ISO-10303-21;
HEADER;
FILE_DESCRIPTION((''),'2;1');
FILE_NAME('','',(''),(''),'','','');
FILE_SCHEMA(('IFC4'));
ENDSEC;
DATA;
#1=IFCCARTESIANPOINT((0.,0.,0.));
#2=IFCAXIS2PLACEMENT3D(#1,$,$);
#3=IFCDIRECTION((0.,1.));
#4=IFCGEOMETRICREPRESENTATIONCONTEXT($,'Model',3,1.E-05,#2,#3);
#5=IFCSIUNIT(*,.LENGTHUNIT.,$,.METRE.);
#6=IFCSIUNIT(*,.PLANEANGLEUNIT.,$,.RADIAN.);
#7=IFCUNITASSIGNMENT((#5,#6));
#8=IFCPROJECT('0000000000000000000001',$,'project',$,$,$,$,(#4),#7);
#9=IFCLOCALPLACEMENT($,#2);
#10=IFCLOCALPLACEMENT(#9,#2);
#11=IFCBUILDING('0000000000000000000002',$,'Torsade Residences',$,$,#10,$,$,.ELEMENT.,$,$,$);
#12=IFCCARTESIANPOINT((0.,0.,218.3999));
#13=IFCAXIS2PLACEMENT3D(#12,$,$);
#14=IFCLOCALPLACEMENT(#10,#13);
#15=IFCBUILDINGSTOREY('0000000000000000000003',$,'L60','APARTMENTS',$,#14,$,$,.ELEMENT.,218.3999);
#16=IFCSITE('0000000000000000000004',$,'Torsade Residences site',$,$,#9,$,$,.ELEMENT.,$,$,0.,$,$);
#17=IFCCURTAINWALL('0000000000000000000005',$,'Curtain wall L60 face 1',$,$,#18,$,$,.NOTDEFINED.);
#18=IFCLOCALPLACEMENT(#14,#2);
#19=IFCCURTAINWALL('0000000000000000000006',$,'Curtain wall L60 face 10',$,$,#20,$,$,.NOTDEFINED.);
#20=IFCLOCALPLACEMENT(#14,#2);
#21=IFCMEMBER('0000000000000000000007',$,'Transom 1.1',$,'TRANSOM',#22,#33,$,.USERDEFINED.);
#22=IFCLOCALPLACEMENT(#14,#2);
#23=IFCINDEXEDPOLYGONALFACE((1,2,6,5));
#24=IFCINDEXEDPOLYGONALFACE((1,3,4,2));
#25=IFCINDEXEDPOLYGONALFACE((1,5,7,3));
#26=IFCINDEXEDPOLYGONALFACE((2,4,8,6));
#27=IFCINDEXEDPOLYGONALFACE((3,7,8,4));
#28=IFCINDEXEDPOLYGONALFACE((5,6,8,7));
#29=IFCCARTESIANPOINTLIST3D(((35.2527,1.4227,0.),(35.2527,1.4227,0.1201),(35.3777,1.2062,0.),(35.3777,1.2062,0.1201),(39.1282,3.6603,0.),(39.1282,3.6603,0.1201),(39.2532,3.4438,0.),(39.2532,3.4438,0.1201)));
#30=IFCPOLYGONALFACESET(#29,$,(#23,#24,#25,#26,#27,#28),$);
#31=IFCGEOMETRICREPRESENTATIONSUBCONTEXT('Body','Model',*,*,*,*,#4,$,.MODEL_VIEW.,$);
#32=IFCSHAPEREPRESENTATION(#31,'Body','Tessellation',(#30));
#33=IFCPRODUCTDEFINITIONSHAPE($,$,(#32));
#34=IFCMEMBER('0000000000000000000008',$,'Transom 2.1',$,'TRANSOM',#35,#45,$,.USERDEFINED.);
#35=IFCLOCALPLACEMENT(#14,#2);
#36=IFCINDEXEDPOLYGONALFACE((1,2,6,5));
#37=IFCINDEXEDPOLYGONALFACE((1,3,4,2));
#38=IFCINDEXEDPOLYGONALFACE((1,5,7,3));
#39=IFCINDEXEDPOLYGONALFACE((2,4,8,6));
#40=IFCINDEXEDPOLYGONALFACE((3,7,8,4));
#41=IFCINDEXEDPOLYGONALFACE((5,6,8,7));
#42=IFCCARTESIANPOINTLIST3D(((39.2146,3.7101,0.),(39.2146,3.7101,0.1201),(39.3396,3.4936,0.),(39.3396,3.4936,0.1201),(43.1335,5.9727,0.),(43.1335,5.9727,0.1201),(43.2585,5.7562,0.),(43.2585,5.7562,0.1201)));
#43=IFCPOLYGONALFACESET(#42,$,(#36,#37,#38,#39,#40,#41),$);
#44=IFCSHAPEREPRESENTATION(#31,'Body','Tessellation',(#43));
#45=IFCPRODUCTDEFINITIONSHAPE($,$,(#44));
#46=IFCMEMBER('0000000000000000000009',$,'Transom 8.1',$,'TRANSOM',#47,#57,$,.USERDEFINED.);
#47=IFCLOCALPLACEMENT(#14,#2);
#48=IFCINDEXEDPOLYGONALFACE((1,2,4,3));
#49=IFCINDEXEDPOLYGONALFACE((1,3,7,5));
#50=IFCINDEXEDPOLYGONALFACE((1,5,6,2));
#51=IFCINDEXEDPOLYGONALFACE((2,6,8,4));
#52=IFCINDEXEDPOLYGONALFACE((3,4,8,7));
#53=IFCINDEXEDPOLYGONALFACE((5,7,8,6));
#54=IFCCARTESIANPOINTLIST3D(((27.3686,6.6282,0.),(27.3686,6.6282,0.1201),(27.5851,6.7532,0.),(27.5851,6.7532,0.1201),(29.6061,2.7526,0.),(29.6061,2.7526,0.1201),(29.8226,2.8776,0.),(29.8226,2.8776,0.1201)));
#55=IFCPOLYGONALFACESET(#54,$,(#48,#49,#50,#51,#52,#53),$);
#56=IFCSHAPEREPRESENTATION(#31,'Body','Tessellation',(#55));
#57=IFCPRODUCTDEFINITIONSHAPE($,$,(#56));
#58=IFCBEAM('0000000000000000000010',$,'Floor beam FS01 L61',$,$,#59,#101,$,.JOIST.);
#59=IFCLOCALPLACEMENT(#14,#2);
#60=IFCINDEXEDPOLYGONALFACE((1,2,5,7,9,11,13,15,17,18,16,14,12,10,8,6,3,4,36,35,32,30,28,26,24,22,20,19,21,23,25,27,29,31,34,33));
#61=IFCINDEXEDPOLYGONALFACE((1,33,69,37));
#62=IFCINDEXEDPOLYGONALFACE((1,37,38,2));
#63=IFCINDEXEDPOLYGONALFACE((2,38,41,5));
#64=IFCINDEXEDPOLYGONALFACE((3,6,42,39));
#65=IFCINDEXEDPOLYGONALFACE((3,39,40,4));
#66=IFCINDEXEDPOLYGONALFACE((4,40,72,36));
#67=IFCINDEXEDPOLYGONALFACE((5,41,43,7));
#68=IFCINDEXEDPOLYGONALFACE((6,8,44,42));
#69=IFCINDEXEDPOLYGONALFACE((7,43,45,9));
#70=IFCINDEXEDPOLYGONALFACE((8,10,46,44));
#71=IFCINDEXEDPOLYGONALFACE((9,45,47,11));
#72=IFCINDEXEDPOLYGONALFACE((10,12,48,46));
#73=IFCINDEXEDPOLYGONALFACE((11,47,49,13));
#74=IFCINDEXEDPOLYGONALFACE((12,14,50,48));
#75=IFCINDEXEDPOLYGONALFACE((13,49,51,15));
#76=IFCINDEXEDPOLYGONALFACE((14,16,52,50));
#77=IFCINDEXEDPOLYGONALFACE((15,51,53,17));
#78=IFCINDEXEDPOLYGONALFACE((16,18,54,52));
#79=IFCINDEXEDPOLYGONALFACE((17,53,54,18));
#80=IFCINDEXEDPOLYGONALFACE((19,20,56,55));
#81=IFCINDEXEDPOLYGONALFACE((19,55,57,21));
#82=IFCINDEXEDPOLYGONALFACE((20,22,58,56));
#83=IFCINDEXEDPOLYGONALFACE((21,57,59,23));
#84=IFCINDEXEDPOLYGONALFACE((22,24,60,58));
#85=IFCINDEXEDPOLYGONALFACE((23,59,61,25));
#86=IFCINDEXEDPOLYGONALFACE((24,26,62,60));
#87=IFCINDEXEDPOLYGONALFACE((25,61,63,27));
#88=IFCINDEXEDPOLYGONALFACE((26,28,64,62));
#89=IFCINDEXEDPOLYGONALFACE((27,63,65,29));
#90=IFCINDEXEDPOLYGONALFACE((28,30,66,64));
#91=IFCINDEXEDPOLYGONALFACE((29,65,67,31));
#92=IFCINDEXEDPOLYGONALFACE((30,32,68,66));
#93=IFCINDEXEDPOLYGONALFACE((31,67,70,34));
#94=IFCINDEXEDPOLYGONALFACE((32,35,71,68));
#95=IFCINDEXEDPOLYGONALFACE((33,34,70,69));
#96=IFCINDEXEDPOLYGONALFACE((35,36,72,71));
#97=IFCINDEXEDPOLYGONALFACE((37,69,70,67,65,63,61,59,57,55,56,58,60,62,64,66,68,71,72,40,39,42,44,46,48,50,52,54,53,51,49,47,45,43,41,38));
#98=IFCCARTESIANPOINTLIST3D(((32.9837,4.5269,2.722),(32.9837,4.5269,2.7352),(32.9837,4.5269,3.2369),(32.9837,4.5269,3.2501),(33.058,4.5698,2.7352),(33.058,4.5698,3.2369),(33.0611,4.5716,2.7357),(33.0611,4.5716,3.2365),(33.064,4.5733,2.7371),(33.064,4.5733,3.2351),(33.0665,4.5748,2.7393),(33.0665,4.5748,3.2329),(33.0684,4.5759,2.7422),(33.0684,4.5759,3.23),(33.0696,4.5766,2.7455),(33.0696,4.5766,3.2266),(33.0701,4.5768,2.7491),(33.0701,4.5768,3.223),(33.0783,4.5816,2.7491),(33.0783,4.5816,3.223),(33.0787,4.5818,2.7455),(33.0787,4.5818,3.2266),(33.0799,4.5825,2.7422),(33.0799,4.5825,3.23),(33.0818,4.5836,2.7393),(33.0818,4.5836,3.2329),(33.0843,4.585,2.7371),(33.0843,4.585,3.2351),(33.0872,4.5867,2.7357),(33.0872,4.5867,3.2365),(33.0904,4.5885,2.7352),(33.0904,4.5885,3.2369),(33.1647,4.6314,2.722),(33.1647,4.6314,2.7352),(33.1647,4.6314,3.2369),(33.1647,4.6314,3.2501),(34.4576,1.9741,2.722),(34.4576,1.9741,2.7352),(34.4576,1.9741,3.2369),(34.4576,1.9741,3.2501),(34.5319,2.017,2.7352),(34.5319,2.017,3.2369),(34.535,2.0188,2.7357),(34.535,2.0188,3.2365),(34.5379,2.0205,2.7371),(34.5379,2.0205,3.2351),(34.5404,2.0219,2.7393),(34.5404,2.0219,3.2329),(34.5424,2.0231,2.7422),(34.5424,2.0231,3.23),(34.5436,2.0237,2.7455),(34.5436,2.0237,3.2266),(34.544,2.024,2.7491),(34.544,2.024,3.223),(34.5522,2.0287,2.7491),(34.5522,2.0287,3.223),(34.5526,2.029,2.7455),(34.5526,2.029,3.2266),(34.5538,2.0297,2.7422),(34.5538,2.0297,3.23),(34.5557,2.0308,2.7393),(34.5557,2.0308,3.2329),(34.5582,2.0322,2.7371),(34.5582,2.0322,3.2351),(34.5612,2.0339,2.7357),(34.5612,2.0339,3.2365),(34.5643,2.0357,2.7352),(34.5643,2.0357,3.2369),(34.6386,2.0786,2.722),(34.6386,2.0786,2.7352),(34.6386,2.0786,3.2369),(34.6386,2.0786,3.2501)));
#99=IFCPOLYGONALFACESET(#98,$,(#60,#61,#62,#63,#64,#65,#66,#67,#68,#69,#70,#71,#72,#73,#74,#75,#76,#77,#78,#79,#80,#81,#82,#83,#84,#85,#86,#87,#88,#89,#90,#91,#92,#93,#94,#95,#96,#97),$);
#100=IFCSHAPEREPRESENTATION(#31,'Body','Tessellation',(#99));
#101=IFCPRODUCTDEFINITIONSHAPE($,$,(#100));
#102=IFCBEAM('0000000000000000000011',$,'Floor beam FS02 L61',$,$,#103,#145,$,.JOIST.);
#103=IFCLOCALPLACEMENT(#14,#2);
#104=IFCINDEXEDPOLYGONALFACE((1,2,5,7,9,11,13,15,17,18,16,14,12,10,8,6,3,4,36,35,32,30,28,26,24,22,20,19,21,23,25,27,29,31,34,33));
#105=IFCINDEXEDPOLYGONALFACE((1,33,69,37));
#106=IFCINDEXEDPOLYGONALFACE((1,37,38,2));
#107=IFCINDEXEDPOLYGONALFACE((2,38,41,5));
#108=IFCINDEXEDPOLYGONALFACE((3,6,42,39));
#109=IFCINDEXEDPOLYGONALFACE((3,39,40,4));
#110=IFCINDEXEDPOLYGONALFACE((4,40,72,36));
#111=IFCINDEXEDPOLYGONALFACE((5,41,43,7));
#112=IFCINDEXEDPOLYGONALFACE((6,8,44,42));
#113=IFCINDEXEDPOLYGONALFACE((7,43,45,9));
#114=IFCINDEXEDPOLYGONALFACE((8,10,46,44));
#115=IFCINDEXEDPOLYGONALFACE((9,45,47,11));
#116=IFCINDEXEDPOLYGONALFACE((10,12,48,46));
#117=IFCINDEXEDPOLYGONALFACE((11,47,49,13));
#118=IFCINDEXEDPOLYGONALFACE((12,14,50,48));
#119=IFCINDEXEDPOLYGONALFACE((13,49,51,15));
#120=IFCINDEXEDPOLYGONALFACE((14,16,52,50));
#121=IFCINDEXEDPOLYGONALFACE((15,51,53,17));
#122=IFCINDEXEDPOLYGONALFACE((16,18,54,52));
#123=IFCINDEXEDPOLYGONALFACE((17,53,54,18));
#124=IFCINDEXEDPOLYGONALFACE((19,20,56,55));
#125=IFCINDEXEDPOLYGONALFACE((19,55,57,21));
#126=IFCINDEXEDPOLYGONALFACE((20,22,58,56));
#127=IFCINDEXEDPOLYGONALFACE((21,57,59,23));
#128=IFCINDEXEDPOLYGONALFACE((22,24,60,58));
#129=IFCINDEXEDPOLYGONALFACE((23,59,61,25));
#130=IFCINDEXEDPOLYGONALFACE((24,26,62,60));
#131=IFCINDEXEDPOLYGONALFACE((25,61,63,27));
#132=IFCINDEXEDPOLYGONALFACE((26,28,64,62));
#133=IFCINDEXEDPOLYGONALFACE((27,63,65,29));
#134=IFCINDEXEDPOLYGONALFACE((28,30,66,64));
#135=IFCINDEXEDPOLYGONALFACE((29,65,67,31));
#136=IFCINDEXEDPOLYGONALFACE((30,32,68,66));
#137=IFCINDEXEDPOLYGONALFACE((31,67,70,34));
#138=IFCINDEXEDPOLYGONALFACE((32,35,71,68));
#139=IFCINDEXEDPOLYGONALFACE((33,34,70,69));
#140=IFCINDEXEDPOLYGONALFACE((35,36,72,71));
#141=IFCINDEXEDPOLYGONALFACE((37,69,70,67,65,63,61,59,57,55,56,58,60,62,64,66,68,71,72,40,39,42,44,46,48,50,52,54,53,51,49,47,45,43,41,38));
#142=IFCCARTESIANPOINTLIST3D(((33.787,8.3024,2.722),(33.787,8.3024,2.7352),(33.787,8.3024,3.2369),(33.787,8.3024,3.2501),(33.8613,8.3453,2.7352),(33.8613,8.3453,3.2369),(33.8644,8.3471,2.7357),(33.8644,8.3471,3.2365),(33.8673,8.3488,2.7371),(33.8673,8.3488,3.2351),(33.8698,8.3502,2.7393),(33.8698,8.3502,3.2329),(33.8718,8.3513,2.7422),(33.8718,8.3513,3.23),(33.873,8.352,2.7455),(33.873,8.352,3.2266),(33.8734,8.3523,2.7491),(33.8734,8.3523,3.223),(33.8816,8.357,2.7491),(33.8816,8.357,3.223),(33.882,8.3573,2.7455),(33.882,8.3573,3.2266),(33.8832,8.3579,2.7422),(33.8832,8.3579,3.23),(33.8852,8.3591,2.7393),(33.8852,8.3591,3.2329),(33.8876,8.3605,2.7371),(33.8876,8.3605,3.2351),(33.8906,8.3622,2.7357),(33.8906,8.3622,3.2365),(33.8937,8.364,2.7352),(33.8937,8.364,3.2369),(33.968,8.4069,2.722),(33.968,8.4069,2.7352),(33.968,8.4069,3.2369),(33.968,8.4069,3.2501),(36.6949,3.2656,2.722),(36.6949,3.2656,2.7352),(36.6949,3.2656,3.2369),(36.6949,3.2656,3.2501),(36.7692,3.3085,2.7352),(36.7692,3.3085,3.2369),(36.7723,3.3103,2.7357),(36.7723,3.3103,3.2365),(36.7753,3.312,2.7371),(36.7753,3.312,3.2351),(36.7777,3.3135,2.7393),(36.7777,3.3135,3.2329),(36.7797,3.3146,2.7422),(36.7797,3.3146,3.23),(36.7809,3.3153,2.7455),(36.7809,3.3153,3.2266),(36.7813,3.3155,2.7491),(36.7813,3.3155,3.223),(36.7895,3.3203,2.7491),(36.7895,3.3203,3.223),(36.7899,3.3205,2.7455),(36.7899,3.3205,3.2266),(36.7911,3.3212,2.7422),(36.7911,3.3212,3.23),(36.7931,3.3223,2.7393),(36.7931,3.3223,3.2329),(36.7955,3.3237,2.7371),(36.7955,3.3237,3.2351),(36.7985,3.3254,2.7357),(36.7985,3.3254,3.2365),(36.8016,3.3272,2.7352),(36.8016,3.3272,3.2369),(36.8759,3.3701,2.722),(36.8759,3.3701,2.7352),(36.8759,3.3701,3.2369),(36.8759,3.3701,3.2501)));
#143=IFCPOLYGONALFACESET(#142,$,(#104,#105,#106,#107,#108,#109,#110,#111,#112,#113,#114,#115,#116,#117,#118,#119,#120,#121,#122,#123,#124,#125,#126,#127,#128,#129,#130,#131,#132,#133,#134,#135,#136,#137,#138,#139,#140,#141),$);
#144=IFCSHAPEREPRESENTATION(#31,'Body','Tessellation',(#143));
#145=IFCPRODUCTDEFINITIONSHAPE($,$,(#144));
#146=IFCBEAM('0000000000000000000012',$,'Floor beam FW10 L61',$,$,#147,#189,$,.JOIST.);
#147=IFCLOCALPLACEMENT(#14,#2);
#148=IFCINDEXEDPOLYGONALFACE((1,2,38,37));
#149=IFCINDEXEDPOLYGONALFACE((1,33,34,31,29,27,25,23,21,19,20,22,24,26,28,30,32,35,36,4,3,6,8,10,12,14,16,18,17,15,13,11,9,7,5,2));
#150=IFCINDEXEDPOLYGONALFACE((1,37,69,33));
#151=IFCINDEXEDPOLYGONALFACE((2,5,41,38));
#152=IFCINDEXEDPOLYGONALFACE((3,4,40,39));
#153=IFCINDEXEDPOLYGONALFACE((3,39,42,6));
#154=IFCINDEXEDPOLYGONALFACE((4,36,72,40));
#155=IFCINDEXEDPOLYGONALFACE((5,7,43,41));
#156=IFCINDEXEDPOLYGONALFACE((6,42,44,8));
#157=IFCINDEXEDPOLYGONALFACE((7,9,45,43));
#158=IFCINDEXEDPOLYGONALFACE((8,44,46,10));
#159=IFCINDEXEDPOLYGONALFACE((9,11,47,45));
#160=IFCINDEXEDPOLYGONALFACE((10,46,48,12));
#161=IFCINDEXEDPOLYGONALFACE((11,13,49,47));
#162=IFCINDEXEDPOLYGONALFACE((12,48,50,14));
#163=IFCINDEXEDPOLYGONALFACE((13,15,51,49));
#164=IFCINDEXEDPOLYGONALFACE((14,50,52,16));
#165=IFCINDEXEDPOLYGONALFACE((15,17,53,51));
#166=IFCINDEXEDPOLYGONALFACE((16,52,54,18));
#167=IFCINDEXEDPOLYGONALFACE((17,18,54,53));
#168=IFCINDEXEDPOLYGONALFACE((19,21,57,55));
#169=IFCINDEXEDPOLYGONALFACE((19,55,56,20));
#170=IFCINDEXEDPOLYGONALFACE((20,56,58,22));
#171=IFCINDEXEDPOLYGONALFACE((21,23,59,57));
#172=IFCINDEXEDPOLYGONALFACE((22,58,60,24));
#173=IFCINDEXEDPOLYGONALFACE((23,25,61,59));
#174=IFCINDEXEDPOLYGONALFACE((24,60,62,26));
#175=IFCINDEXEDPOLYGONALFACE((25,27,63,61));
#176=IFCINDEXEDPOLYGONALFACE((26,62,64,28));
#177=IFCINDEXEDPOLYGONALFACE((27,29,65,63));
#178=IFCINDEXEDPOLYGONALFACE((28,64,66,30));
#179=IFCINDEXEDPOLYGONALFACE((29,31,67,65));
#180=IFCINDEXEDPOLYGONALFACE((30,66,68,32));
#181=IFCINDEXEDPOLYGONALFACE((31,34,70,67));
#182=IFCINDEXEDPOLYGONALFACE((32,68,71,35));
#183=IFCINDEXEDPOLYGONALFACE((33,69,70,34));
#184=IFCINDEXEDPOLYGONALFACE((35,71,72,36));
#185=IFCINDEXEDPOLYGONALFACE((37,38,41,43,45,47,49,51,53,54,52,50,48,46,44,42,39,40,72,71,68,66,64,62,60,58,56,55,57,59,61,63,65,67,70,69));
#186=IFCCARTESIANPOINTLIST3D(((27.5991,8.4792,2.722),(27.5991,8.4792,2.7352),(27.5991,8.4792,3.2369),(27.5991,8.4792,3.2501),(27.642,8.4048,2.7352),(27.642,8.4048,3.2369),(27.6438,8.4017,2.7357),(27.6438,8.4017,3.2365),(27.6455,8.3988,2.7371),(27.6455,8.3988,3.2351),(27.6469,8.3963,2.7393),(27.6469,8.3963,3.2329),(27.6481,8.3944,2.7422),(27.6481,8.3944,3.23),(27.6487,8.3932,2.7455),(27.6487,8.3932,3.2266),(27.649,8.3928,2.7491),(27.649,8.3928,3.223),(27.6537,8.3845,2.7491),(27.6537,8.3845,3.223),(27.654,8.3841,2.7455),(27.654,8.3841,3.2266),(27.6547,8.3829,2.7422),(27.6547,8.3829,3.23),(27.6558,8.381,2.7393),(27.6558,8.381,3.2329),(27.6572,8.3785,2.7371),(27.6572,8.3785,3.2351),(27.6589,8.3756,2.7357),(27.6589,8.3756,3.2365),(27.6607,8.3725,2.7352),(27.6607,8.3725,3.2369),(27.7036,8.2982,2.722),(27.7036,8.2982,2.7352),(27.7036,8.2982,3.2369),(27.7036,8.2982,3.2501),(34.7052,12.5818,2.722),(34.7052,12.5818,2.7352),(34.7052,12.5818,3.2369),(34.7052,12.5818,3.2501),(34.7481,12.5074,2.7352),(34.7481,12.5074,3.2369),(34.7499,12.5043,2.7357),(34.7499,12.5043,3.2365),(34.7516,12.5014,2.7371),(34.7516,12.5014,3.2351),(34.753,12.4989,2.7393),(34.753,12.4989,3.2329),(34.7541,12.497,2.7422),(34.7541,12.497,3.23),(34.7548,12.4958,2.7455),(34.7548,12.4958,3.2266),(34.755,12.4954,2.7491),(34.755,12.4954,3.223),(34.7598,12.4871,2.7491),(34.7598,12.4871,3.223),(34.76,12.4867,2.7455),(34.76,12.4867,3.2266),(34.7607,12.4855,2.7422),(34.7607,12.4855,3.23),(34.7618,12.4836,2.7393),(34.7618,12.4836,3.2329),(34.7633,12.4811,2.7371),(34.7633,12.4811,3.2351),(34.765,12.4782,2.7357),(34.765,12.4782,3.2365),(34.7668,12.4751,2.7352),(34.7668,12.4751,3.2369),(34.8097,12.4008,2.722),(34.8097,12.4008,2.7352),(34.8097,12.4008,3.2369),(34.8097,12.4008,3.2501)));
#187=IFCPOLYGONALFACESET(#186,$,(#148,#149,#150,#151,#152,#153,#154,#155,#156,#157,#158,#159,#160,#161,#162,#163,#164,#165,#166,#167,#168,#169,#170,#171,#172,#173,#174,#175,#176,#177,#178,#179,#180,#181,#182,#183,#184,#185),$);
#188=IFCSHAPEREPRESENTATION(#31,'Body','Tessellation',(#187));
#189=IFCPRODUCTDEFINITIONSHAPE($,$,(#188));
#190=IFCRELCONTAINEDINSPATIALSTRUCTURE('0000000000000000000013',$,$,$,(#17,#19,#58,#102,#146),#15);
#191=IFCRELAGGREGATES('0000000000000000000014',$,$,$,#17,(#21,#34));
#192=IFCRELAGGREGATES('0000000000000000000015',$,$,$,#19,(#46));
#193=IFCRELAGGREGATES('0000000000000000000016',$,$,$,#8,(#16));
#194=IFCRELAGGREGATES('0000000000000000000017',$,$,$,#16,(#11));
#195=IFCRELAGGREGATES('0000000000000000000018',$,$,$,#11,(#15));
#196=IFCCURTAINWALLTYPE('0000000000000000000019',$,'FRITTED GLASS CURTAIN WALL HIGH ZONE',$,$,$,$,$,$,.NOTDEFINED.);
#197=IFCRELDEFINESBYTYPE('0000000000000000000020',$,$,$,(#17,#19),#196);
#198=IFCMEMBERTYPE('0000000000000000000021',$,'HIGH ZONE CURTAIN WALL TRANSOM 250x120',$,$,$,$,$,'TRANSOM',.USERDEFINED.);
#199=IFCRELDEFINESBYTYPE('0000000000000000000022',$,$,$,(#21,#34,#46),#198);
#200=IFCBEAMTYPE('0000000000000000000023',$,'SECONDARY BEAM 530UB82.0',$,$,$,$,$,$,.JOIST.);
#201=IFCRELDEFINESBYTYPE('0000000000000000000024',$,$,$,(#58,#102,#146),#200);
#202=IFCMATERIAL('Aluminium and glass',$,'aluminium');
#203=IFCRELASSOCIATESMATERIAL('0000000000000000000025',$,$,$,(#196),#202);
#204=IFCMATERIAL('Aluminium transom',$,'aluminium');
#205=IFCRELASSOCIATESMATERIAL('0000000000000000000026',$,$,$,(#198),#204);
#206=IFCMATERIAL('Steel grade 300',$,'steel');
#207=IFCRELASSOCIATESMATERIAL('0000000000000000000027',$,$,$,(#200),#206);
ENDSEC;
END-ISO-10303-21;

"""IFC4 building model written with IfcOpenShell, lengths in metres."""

from ifc_helpers import new_model, si_unit, direction, frame, origin, origin_2d, place, context, subcontext, project, spatial, rectangle, i_section, extrude, material, material_profile, profile_set, type_object, element, aggregate, save


model = new_model("IFC4")

# Units and contexts
model_context = context("Model", 3, precision=1e-05, world=origin(), true_north=direction((0.0, 1.0)))
body_context = subcontext(model_context, "Body", "Model", "MODEL_VIEW")
ifc_project = project(units=[si_unit("LENGTHUNIT", "METRE"), si_unit("PLANEANGLEUNIT", "RADIAN")], contexts=[model_context])

# Site, building, storey
site_placement = place(None, origin())
site = spatial("IfcSite", under=ifc_project, at=site_placement, Name="Torsade Residences site", CompositionType="ELEMENT", RefElevation=0.0)
building_placement = place(site_placement, origin())
building = spatial("IfcBuilding", under=site, at=building_placement, Name="Torsade Residences", CompositionType="ELEMENT")
storey_placement = place(building_placement, frame((0.0, 0.0, 218.3999)))
storey = spatial("IfcBuildingStorey", under=building, at=storey_placement, Name="L60", Description="APARTMENTS", CompositionType="ELEMENT", Elevation=218.3999)

# Curtain walls
ifc_material_1 = material(Name="Aluminium and glass", Category="aluminium")
curtain_wall_type = type_object("IfcCurtainWallType", Name="FRITTED GLASS CURTAIN WALL HIGH ZONE", PredefinedType="NOTDEFINED", material=ifc_material_1)
curtain_wall_1_placement = place(storey_placement, origin())
curtain_wall_1 = element("IfcCurtainWall", 1, at=curtain_wall_1_placement, inside=storey, type_object=curtain_wall_type, Name="Curtain wall L60 face 1", PredefinedType="NOTDEFINED")
curtain_wall_2_placement = place(storey_placement, origin())
curtain_wall_2 = element("IfcCurtainWall", 2, at=curtain_wall_2_placement, inside=storey, type_object=curtain_wall_type, Name="Curtain wall L60 face 10", PredefinedType="NOTDEFINED")

# Members
ifc_material_2 = material(Name="Aluminium transom", Category="aluminium")
ifc_material_profile_1 = material_profile(ifc_material_2, rectangle(XDim=0.25, YDim=0.1201, at=origin_2d()), Name="HIGH ZONE CURTAIN WALL TRANSOM 250x120")
ifc_profile_set_1 = profile_set([ifc_material_profile_1], Name="Aluminium transom")
member_type_1 = type_object("IfcMemberType", Name="HIGH ZONE CURTAIN WALL TRANSOM 250x120", ElementType="TRANSOM", PredefinedType="USERDEFINED", material=ifc_profile_set_1)
member_1_placement = place(storey_placement, frame((35.3152, 1.3145, 0.0601), z_axis=(0.866022, 0.500006, 0.0), x_axis=(-0.500006, 0.866022, 0.0)))
member_1 = element("IfcMember", 3, at=member_1_placement, type_object=member_type_1, Name="Transom 1.1", ObjectType="TRANSOM", PredefinedType="USERDEFINED", context=body_context, shape_type="SweptSolid", body=[
    extrude(rectangle(XDim=0.25, YDim=0.1201, at=origin_2d()), origin(), (0.0, 0.0, 1.0), 4.4751),
])
member_2_placement = place(storey_placement, frame((39.2771, 3.6018, 0.0601), z_axis=(0.866017, 0.500015, 0.0), x_axis=(-0.500015, 0.866017, 0.0)))
member_2 = element("IfcMember", 4, at=member_2_placement, type_object=member_type_1, Name="Transom 2.1", ObjectType="TRANSOM", PredefinedType="USERDEFINED", context=body_context, shape_type="SweptSolid", body=[
    extrude(rectangle(XDim=0.25, YDim=0.1201, at=origin_2d()), origin(), (0.0, 0.0, 1.0), 4.5251),
])
member_3_placement = place(storey_placement, frame((27.4768, 6.6907, 0.0601), z_axis=(0.500006, -0.866022, 0.0), x_axis=(0.866022, 0.500006, 0.0)))
member_3 = element("IfcMember", 5, at=member_3_placement, type_object=member_type_1, Name="Transom 8.1", ObjectType="TRANSOM", PredefinedType="USERDEFINED", context=body_context, shape_type="SweptSolid", body=[
    extrude(rectangle(XDim=0.25, YDim=0.1201, at=origin_2d()), origin(), (0.0, 0.0, 1.0), 4.4751),
])

# Beams
ifc_material_3 = material(Name="Steel grade 300", Category="steel")
ifc_material_profile_2 = material_profile(ifc_material_3, i_section(OverallWidth=0.209, OverallDepth=0.5281, WebThickness=0.0095, FlangeThickness=0.0132, FilletRadius=0.0139, at=origin_2d()), Name="530UB82.0")
ifc_profile_set_2 = profile_set([ifc_material_profile_2], Name="Steel grade 300")
beam_type_1 = type_object("IfcBeamType", Name="SECONDARY BEAM 530UB82.0", PredefinedType="JOIST", material=ifc_profile_set_2)
beam_1_placement = place(storey_placement, frame((34.5481, 2.0264, 2.9861), z_axis=(-0.500014, 0.866017, 0.0), x_axis=(-0.866017, -0.500014, 0.0)))
element("IfcBeam", 6, at=beam_1_placement, inside=storey, type_object=beam_type_1, Name="Floor beam FS01 L61", PredefinedType="JOIST", context=body_context, shape_type="SweptSolid", body=[
    extrude(i_section(OverallWidth=0.209, OverallDepth=0.5281, WebThickness=0.0095, FlangeThickness=0.0132, FilletRadius=0.0139, at=origin_2d()), origin(), (0.0, 0.0, 1.0), 2.9478),
])
beam_2_placement = place(storey_placement, frame((36.7854, 3.3179, 2.9861), z_axis=(-0.49999, 0.866031, 0.0), x_axis=(-0.866031, -0.49999, 0.0)))
element("IfcBeam", 7, at=beam_2_placement, inside=storey, type_object=beam_type_1, Name="Floor beam FS02 L61", PredefinedType="JOIST", context=body_context, shape_type="SweptSolid", body=[
    extrude(i_section(OverallWidth=0.209, OverallDepth=0.5281, WebThickness=0.0095, FlangeThickness=0.0132, FilletRadius=0.0139, at=origin_2d()), origin(), (0.0, 0.0, 1.0), 5.8159),
])
beam_3_placement = place(storey_placement, frame((27.6514, 8.3887, 2.9861), z_axis=(0.86603, 0.499992, 0.0), x_axis=(-0.499992, 0.86603, 0.0)))
element("IfcBeam", 8, at=beam_3_placement, inside=storey, type_object=beam_type_1, Name="Floor beam FW10 L61", PredefinedType="JOIST", context=body_context, shape_type="SweptSolid", body=[
    extrude(i_section(OverallWidth=0.209, OverallDepth=0.5281, WebThickness=0.0095, FlangeThickness=0.0132, FilletRadius=0.0139, at=origin_2d()), origin(), (0.0, 0.0, 1.0), 8.2053),
])

aggregate(curtain_wall_1, [member_1, member_2])
aggregate(curtain_wall_2, [member_3])

save(model, "model.ifc")
